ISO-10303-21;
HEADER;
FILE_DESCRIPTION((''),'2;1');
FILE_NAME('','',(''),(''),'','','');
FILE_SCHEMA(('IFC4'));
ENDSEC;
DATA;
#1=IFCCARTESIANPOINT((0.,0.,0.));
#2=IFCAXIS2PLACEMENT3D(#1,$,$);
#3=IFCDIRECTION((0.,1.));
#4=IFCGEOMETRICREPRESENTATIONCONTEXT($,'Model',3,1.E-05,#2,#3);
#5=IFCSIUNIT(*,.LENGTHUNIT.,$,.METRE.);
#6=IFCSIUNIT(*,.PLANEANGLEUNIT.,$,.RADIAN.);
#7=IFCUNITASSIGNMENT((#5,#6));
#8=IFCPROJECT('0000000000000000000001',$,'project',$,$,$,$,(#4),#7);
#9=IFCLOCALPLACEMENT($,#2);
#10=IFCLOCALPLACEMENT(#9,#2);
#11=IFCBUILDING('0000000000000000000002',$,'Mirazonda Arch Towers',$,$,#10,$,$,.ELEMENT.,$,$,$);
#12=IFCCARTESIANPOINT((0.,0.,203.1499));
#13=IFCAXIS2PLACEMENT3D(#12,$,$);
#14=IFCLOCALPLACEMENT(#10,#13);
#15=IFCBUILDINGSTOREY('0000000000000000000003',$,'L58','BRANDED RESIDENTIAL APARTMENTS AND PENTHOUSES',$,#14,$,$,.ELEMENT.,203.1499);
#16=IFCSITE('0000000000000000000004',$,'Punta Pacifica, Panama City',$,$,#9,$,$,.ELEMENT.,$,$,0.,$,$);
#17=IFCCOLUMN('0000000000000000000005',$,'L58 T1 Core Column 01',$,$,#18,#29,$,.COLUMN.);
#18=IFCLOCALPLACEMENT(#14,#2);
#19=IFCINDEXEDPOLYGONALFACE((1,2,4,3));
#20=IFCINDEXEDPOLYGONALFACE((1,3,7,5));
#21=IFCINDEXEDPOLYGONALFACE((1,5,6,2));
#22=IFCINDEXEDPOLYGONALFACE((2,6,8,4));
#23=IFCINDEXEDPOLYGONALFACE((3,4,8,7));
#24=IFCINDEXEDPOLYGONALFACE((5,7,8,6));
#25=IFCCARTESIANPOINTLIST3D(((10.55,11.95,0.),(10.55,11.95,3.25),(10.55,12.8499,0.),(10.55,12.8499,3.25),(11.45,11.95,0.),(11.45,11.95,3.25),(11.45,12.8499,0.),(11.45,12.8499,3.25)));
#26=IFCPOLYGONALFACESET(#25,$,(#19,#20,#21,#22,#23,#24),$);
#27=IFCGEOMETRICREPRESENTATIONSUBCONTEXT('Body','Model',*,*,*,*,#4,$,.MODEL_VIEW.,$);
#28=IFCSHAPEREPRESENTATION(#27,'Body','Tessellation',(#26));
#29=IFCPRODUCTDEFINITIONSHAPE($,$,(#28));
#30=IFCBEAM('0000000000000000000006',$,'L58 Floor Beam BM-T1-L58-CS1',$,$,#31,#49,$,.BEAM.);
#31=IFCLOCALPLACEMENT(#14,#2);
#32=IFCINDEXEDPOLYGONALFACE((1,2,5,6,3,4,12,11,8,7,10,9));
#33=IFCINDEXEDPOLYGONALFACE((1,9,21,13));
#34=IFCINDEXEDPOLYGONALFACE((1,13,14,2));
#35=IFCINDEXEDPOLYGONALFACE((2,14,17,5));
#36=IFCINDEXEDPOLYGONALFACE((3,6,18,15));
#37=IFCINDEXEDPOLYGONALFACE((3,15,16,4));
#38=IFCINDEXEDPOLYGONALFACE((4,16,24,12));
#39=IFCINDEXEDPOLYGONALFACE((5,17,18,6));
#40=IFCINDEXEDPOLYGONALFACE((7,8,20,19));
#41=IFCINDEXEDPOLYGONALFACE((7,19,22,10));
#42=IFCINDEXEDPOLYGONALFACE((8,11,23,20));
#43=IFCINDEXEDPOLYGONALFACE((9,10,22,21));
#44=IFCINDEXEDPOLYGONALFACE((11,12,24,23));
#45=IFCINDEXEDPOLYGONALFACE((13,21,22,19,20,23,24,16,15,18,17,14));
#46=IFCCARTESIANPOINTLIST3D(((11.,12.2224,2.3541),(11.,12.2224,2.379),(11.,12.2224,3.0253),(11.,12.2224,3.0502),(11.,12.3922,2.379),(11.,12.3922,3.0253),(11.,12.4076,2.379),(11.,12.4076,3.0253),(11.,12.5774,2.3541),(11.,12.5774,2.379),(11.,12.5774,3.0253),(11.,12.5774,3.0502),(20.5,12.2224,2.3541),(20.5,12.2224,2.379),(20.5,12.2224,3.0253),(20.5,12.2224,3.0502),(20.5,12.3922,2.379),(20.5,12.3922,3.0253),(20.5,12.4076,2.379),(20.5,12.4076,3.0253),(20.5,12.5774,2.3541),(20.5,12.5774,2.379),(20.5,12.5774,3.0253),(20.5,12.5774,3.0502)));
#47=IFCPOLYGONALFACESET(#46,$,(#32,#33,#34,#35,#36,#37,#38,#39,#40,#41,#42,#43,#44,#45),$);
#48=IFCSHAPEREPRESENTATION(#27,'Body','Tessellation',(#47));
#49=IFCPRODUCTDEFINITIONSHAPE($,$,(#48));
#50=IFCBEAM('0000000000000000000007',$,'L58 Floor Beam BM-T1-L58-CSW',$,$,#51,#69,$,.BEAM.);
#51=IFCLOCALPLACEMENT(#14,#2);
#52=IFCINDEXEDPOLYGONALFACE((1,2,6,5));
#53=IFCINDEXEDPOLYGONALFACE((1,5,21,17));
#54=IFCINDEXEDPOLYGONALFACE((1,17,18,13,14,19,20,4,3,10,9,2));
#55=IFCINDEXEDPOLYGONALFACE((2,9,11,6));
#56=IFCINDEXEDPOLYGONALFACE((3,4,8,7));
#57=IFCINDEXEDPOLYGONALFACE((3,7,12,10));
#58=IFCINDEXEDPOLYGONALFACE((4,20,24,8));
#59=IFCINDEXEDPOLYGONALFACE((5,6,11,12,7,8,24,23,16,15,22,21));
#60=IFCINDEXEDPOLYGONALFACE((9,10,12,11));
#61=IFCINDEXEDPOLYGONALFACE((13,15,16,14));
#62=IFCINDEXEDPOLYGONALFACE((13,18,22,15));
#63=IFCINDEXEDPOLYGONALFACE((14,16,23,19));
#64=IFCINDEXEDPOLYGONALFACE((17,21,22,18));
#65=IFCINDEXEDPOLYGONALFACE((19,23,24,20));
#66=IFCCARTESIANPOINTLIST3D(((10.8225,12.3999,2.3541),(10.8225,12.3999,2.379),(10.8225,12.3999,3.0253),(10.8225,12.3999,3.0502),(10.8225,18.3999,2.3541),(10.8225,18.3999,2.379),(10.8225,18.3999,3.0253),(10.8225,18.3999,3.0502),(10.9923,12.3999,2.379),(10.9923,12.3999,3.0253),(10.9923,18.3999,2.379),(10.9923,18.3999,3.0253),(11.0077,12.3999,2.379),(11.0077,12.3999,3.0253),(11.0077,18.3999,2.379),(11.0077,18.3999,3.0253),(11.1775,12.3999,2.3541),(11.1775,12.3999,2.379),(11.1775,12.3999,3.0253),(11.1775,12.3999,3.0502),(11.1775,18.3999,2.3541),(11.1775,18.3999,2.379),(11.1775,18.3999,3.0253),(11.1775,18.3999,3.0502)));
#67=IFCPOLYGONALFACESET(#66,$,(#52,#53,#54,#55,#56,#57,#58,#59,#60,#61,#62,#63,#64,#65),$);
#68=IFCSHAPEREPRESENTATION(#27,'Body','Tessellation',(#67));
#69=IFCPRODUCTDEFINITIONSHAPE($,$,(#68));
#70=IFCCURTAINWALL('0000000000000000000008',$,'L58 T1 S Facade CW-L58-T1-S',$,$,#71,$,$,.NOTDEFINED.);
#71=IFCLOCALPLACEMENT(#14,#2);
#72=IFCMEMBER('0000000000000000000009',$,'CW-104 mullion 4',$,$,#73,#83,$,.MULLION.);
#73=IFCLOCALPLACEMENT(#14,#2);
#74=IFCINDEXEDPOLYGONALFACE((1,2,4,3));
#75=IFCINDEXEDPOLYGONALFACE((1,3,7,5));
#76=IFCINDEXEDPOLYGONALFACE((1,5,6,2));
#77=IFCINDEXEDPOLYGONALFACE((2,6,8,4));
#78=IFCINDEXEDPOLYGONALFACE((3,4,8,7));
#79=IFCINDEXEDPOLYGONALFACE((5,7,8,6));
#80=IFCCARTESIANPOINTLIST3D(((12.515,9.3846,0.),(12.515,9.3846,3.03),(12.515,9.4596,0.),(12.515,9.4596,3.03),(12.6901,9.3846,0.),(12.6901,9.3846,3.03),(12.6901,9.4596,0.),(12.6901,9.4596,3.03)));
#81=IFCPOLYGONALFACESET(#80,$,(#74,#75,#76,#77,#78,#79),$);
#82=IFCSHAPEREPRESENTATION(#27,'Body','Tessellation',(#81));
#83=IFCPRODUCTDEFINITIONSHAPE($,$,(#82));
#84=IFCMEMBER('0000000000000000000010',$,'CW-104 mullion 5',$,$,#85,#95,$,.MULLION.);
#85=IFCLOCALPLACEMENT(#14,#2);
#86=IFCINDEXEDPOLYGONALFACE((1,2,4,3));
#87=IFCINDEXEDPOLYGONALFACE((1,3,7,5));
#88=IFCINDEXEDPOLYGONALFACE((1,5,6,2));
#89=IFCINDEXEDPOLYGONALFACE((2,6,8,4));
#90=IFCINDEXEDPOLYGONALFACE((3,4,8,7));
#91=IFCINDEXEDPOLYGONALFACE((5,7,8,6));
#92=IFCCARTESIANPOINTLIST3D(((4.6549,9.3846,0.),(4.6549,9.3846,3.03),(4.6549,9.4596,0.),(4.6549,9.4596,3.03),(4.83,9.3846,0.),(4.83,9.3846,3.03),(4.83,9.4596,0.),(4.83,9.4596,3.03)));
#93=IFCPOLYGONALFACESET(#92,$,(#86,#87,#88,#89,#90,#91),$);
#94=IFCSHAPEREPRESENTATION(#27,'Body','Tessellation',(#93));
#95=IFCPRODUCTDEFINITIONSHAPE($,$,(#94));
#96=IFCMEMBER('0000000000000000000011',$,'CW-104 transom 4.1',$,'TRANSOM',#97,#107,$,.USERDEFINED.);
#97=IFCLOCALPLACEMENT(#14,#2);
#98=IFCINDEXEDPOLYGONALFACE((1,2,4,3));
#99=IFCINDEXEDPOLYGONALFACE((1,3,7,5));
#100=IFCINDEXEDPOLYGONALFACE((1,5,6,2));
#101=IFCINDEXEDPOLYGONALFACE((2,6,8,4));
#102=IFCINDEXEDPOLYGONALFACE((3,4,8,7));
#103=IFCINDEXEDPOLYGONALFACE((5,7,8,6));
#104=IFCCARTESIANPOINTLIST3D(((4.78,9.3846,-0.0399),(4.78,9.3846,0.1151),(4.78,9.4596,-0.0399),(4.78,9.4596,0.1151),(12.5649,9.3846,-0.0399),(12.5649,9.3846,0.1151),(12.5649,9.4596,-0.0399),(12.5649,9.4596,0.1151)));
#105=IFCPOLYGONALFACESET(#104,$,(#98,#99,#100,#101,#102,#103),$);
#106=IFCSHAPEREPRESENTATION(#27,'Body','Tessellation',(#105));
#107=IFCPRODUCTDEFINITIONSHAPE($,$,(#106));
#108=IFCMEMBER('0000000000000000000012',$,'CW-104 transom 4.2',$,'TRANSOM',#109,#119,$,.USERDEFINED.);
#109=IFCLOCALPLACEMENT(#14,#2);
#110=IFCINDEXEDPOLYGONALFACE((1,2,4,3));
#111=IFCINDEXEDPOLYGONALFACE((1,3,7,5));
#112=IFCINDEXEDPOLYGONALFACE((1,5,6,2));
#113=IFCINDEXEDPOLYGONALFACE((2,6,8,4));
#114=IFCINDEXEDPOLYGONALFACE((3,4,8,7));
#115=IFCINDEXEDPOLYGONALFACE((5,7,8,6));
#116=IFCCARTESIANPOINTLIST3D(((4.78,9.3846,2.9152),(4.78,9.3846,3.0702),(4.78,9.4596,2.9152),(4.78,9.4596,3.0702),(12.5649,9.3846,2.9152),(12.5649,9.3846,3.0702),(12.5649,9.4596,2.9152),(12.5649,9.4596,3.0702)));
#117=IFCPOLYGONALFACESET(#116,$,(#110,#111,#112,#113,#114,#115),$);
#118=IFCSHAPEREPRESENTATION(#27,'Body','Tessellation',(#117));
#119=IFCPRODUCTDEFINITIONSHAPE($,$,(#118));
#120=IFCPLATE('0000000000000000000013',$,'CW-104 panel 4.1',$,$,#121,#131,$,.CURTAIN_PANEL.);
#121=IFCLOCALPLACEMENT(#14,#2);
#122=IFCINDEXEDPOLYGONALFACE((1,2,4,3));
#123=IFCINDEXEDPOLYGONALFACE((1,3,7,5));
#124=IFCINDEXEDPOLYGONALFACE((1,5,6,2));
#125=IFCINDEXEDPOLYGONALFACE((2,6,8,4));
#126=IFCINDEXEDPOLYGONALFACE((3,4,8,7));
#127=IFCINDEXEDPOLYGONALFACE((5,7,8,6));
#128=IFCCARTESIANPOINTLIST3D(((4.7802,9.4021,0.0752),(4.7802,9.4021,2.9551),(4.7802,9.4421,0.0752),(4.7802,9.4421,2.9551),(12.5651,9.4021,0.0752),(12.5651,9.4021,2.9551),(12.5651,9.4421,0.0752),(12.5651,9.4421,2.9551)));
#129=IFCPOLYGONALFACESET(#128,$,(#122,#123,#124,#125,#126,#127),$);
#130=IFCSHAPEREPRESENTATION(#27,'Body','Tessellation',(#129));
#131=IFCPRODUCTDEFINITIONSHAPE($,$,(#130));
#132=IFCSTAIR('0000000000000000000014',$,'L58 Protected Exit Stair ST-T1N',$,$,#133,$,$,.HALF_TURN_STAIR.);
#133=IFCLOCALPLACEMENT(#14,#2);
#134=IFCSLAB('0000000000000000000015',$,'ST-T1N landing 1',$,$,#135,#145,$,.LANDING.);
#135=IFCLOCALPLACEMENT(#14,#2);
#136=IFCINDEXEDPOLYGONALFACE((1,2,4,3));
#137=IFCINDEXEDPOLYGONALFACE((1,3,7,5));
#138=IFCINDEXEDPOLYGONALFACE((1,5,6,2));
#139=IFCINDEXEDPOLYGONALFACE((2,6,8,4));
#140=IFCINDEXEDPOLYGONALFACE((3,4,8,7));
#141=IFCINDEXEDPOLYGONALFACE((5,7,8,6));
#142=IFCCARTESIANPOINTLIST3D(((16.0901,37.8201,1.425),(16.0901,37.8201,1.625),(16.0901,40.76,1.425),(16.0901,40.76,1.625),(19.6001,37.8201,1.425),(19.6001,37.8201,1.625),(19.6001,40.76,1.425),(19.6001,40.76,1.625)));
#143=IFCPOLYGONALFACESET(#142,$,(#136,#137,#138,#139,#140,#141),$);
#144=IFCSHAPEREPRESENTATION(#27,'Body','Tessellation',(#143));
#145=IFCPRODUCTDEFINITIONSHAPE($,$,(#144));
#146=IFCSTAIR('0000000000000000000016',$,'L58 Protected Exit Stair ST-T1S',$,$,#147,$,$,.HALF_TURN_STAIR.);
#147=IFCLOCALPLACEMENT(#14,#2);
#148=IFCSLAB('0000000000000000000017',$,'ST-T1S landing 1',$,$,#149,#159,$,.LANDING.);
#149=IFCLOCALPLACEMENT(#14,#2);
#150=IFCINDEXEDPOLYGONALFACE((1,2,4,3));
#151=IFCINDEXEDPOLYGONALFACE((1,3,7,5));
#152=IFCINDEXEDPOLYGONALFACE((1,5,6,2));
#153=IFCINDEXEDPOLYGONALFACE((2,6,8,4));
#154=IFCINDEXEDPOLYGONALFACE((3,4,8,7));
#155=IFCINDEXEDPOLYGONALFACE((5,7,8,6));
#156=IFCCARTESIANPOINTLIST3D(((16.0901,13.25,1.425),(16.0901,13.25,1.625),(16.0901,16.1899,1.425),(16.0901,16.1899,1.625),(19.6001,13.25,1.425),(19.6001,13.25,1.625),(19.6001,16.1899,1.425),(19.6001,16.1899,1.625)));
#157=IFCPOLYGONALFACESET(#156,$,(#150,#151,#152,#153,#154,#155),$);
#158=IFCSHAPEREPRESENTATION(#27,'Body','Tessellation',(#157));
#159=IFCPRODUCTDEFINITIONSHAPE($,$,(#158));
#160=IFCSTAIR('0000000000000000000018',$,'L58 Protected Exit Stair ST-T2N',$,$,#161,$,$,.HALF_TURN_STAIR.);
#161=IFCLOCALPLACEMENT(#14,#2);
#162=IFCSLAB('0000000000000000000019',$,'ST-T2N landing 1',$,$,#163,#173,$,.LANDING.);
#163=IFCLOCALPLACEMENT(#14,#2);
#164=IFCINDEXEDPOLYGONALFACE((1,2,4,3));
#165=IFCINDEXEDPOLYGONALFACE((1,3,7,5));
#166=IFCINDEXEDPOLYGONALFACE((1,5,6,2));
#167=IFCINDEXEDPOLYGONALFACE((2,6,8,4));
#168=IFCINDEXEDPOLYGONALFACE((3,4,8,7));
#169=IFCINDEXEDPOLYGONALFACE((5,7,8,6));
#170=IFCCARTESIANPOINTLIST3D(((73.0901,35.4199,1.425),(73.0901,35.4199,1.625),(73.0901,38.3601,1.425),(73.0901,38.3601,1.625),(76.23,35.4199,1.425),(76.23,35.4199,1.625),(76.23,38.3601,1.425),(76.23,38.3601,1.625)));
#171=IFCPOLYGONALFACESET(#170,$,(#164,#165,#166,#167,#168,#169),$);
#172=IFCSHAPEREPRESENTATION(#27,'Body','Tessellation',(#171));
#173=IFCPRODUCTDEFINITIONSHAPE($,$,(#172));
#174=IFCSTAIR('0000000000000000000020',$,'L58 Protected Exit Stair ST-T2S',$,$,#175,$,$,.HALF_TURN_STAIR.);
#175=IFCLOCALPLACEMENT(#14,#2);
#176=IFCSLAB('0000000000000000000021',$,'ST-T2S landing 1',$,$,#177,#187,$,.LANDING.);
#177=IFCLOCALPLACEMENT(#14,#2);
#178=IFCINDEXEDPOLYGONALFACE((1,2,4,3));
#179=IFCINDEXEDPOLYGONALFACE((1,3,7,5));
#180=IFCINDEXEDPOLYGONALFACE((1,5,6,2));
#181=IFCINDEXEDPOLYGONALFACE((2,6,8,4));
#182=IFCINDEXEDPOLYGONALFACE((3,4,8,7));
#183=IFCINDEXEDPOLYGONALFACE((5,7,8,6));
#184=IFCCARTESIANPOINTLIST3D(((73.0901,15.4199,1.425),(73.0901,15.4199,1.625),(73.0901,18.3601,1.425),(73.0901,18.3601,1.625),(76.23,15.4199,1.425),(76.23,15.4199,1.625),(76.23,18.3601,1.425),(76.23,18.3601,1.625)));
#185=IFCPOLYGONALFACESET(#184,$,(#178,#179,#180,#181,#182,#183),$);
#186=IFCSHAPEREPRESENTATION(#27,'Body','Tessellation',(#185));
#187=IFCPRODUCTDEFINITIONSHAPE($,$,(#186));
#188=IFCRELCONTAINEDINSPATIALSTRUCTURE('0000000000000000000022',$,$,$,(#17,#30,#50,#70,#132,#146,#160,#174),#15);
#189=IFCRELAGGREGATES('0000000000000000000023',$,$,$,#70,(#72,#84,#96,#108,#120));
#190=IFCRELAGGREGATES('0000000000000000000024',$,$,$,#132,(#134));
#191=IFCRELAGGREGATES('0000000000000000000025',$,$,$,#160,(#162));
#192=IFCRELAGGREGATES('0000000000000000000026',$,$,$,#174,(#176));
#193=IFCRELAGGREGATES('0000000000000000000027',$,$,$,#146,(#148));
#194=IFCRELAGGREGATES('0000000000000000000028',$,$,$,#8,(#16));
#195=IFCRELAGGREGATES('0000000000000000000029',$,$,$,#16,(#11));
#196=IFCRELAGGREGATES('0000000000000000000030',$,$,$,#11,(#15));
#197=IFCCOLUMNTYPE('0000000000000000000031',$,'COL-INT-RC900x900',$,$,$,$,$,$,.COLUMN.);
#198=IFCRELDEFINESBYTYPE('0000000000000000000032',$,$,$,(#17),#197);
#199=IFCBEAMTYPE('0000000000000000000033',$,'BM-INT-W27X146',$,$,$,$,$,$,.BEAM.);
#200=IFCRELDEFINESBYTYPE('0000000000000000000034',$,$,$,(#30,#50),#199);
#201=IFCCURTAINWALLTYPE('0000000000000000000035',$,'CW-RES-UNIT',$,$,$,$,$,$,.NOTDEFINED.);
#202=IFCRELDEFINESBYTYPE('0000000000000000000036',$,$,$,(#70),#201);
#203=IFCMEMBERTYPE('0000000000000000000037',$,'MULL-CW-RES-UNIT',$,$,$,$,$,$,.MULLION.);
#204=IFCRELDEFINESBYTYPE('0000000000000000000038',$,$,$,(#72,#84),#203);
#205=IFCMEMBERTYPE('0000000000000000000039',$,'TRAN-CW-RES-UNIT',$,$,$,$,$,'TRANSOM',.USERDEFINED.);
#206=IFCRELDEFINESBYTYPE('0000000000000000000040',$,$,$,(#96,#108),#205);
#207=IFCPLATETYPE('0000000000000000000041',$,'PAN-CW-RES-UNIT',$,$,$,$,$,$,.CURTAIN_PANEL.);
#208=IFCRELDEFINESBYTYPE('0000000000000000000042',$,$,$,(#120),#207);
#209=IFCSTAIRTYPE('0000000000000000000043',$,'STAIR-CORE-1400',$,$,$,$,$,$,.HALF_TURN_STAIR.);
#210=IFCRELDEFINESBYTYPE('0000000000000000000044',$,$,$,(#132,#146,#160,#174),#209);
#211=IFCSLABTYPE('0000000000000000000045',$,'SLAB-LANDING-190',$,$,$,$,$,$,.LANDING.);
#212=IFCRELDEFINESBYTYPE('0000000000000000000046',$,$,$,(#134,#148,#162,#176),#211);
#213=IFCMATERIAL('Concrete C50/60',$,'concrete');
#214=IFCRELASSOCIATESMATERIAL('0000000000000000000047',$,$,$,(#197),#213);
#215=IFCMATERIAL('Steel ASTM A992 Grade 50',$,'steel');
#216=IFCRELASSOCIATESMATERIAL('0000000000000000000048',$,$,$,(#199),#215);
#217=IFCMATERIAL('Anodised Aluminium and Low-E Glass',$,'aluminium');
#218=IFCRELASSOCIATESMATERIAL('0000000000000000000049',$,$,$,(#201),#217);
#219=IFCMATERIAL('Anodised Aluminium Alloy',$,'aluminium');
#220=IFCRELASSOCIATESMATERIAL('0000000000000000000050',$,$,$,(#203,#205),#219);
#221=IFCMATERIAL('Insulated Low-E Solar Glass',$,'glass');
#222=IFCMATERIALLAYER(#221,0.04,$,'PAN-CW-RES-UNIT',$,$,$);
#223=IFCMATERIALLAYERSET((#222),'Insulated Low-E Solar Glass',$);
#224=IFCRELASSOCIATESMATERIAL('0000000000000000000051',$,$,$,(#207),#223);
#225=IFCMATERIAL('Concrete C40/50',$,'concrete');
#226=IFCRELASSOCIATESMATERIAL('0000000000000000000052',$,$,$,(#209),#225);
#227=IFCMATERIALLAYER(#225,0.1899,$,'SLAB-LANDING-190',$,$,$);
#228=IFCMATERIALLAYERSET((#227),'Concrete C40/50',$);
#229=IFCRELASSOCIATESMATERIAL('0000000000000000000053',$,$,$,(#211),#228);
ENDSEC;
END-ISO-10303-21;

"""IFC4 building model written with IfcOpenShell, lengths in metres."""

from ifc_helpers import new_model, si_unit, direction, frame, origin, origin_2d, place, context, subcontext, project, spatial, polyline, rectangle, i_section, outline, extrude, material, layer, layer_set, material_profile, profile_set, type_object, element, aggregate, save


model = new_model("IFC4")

# Units and contexts
model_context = context("Model", 3, precision=1e-05, world=origin(), true_north=direction((0.0, 1.0)))
body_context = subcontext(model_context, "Body", "Model", "MODEL_VIEW")
ifc_project = project(units=[si_unit("LENGTHUNIT", "METRE"), si_unit("PLANEANGLEUNIT", "RADIAN")], contexts=[model_context])

# Site, building, storey
site_placement = place(None, origin())
site = spatial("IfcSite", under=ifc_project, at=site_placement, Name="Punta Pacifica, Panama City", CompositionType="ELEMENT", RefElevation=0.0)
building_placement = place(site_placement, origin())
building = spatial("IfcBuilding", under=site, at=building_placement, Name="Mirazonda Arch Towers", CompositionType="ELEMENT")
storey_placement = place(building_placement, frame((0.0, 0.0, 203.1499)))
storey = spatial("IfcBuildingStorey", under=building, at=storey_placement, Name="L58", Description="BRANDED RESIDENTIAL APARTMENTS AND PENTHOUSES", CompositionType="ELEMENT", Elevation=203.1499)

# Column
ifc_material_1 = material(Name="Concrete C50/60", Category="concrete")
ifc_material_profile_1 = material_profile(ifc_material_1, rectangle(XDim=0.8999, YDim=0.8999, at=origin_2d()), Name="RC900x900")
ifc_profile_set_1 = profile_set([ifc_material_profile_1], Name="Concrete C50/60")
column_type = type_object("IfcColumnType", Name="COL-INT-RC900x900", PredefinedType="COLUMN", material=ifc_profile_set_1)
column_placement = place(storey_placement, frame((11.0, 12.3999, 0.0), z_axis=(0.0, 0.0, 1.0), x_axis=(1.0, 0.0, 0.0)))
element("IfcColumn", 1, at=column_placement, inside=storey, type_object=column_type, Name="L58 T1 Core Column 01", PredefinedType="COLUMN", context=body_context, shape_type="SweptSolid", body=[
    extrude(rectangle(XDim=0.8999, YDim=0.8999, at=origin_2d()), origin(), (0.0, 0.0, 1.0), 3.25),
])

# Beams
ifc_material_2 = material(Name="Steel ASTM A992 Grade 50", Category="steel")
ifc_material_profile_2 = material_profile(ifc_material_2, i_section(OverallWidth=0.355, OverallDepth=0.696, WebThickness=0.0154, FlangeThickness=0.0249, at=origin_2d()), Name="W27X146")
ifc_profile_set_2 = profile_set([ifc_material_profile_2], Name="Steel ASTM A992 Grade 50")
beam_type = type_object("IfcBeamType", Name="BM-INT-W27X146", PredefinedType="BEAM", material=ifc_profile_set_2)
beam_1_placement = place(storey_placement, frame((11.0, 12.3999, 2.7021), z_axis=(1.0, 0.0, 0.0), x_axis=(0.0, 1.0, 0.0)))
element("IfcBeam", 2, at=beam_1_placement, inside=storey, type_object=beam_type, Name="L58 Floor Beam BM-T1-L58-CS1", PredefinedType="BEAM", context=body_context, shape_type="SweptSolid", body=[
    extrude(i_section(OverallWidth=0.355, OverallDepth=0.696, WebThickness=0.0154, FlangeThickness=0.0249, at=origin_2d()), origin(), (0.0, 0.0, 1.0), 9.5),
])
beam_2_placement = place(storey_placement, frame((11.0, 12.3999, 2.7021), z_axis=(0.0, 1.0, 0.0), x_axis=(-1.0, 0.0, 0.0)))
element("IfcBeam", 3, at=beam_2_placement, inside=storey, type_object=beam_type, Name="L58 Floor Beam BM-T1-L58-CSW", PredefinedType="BEAM", context=body_context, shape_type="SweptSolid", body=[
    extrude(i_section(OverallWidth=0.355, OverallDepth=0.696, WebThickness=0.0154, FlangeThickness=0.0249, at=origin_2d()), origin(), (0.0, 0.0, 1.0), 6.0),
])

# Curtain wall, members, plate
ifc_material_3 = material(Name="Anodised Aluminium and Low-E Glass", Category="aluminium")
curtain_wall_type = type_object("IfcCurtainWallType", Name="CW-RES-UNIT", PredefinedType="NOTDEFINED", material=ifc_material_3)
curtain_wall_placement = place(storey_placement, origin())
curtain_wall = element("IfcCurtainWall", 4, at=curtain_wall_placement, inside=storey, type_object=curtain_wall_type, Name="L58 T1 S Facade CW-L58-T1-S", PredefinedType="NOTDEFINED")
ifc_material_4 = material(Name="Anodised Aluminium Alloy", Category="aluminium")
ifc_material_profile_3 = material_profile(ifc_material_4, rectangle(XDim=0.075, YDim=0.175, at=origin_2d()), Name="ALU-MULL-75x175")
ifc_profile_set_3 = profile_set([ifc_material_profile_3], Name="Anodised Aluminium Alloy")
member_type_1 = type_object("IfcMemberType", Name="MULL-CW-RES-UNIT", PredefinedType="MULLION", material=ifc_profile_set_3)
member_1_placement = place(storey_placement, frame((12.6025, 9.4221, 0.0), z_axis=(0.0, 0.0, 1.0), x_axis=(0.0, -1.0, 0.0)))
member_1 = element("IfcMember", 5, at=member_1_placement, type_object=member_type_1, Name="CW-104 mullion 4", PredefinedType="MULLION", context=body_context, shape_type="SweptSolid", body=[
    extrude(rectangle(XDim=0.075, YDim=0.175, at=origin_2d()), origin(), (0.0, 0.0, 1.0), 3.03),
])
member_2_placement = place(storey_placement, frame((4.7424, 9.4221, 0.0), z_axis=(0.0, 0.0, 1.0), x_axis=(0.0, -1.0, 0.0)))
member_2 = element("IfcMember", 6, at=member_2_placement, type_object=member_type_1, Name="CW-104 mullion 5", PredefinedType="MULLION", context=body_context, shape_type="SweptSolid", body=[
    extrude(rectangle(XDim=0.075, YDim=0.175, at=origin_2d()), origin(), (0.0, 0.0, 1.0), 3.03),
])
ifc_material_profile_4 = material_profile(ifc_material_4, rectangle(XDim=0.075, YDim=0.155, at=origin_2d()), Name="ALU-TRAN-75x155")
ifc_profile_set_4 = profile_set([ifc_material_profile_4], Name="Anodised Aluminium Alloy")
member_type_2 = type_object("IfcMemberType", Name="TRAN-CW-RES-UNIT", ElementType="TRANSOM", PredefinedType="USERDEFINED", material=ifc_profile_set_4)
member_3_placement = place(storey_placement, frame((12.5649, 9.4221, 0.0376), z_axis=(-1.0, 0.0, 0.0), x_axis=(0.0, -1.0, 0.0)))
member_3 = element("IfcMember", 7, at=member_3_placement, type_object=member_type_2, Name="CW-104 transom 4.1", ObjectType="TRANSOM", PredefinedType="USERDEFINED", context=body_context, shape_type="SweptSolid", body=[
    extrude(rectangle(XDim=0.075, YDim=0.155, at=origin_2d()), origin(), (0.0, 0.0, 1.0), 7.7849),
])
member_4_placement = place(storey_placement, frame((12.5649, 9.4221, 2.9927), z_axis=(-1.0, 0.0, 0.0), x_axis=(0.0, -1.0, 0.0)))
member_4 = element("IfcMember", 8, at=member_4_placement, type_object=member_type_2, Name="CW-104 transom 4.2", ObjectType="TRANSOM", PredefinedType="USERDEFINED", context=body_context, shape_type="SweptSolid", body=[
    extrude(rectangle(XDim=0.075, YDim=0.155, at=origin_2d()), origin(), (0.0, 0.0, 1.0), 7.7849),
])
ifc_material_5 = material(Name="Insulated Low-E Solar Glass", Category="glass")
ifc_layer_1 = layer(ifc_material_5, 0.04, Name="PAN-CW-RES-UNIT")
ifc_layer_set_1 = layer_set([ifc_layer_1], Name="Insulated Low-E Solar Glass")
plate_type = type_object("IfcPlateType", Name="PAN-CW-RES-UNIT", PredefinedType="CURTAIN_PANEL", material=ifc_layer_set_1)
plate_placement = place(storey_placement, frame((8.6726, 9.4221, 0.0752), z_axis=(0.0, 0.0, 1.0), x_axis=(-1.0, 0.0, 0.0)))
plate = element("IfcPlate", 9, at=plate_placement, type_object=plate_type, Name="CW-104 panel 4.1", PredefinedType="CURTAIN_PANEL", context=body_context, shape_type="SweptSolid", body=[
    extrude(rectangle(XDim=7.7849, YDim=0.04, at=origin_2d()), origin(), (0.0, 0.0, 1.0), 2.8799),
])
aggregate(curtain_wall, [member_1, member_2, member_3, member_4, plate])

# Stairs, slabs
ifc_material_6 = material(Name="Concrete C40/50", Category="concrete")
stair_type = type_object("IfcStairType", Name="STAIR-CORE-1400", PredefinedType="HALF_TURN_STAIR", material=ifc_material_6)
stair_1_placement = place(storey_placement, origin())
stair_1 = element("IfcStair", 10, at=stair_1_placement, inside=storey, type_object=stair_type, Name="L58 Protected Exit Stair ST-T1N", PredefinedType="HALF_TURN_STAIR")
ifc_layer_2 = layer(ifc_material_6, 0.1899, Name="SLAB-LANDING-190")
ifc_layer_set_2 = layer_set([ifc_layer_2], Name="Concrete C40/50")
slab_type_1 = type_object("IfcSlabType", Name="SLAB-LANDING-190", PredefinedType="LANDING", material=ifc_layer_set_2)
slab_1_placement = place(storey_placement, frame((0.0, 0.0, 1.425)))
slab_1 = element("IfcSlab", 11, at=slab_1_placement, type_object=slab_type_1, Name="ST-T1N landing 1", PredefinedType="LANDING", context=body_context, shape_type="SweptSolid", body=[
    extrude(outline(polyline([(16.0901, 37.8201), (19.6001, 37.8201), (19.6001, 40.76), (16.0901, 40.76), (16.0901, 37.8201)])), origin(), (0.0, 0.0, 1.0), 0.2),
])
aggregate(stair_1, [slab_1])
stair_2_placement = place(storey_placement, origin())
stair_2 = element("IfcStair", 12, at=stair_2_placement, inside=storey, type_object=stair_type, Name="L58 Protected Exit Stair ST-T1S", PredefinedType="HALF_TURN_STAIR")
slab_2_placement = place(storey_placement, frame((0.0, 0.0, 1.425)))
slab_2 = element("IfcSlab", 13, at=slab_2_placement, type_object=slab_type_1, Name="ST-T1S landing 1", PredefinedType="LANDING", context=body_context, shape_type="SweptSolid", body=[
    extrude(outline(polyline([(16.0901, 13.25), (19.6001, 13.25), (19.6001, 16.1899), (16.0901, 16.1899), (16.0901, 13.25)])), origin(), (0.0, 0.0, 1.0), 0.2),
])
stair_3_placement = place(storey_placement, origin())
stair_3 = element("IfcStair", 14, at=stair_3_placement, inside=storey, type_object=stair_type, Name="L58 Protected Exit Stair ST-T2N", PredefinedType="HALF_TURN_STAIR")
slab_3_placement = place(storey_placement, frame((0.0, 0.0, 1.425)))
slab_3 = element("IfcSlab", 15, at=slab_3_placement, type_object=slab_type_1, Name="ST-T2N landing 1", PredefinedType="LANDING", context=body_context, shape_type="SweptSolid", body=[
    extrude(outline(polyline([(73.0901, 35.4199), (76.23, 35.4199), (76.23, 38.3601), (73.0901, 38.3601), (73.0901, 35.4199)])), origin(), (0.0, 0.0, 1.0), 0.2),
])
aggregate(stair_3, [slab_3])
stair_4_placement = place(storey_placement, origin())
stair_4 = element("IfcStair", 16, at=stair_4_placement, inside=storey, type_object=stair_type, Name="L58 Protected Exit Stair ST-T2S", PredefinedType="HALF_TURN_STAIR")
slab_4_placement = place(storey_placement, frame((0.0, 0.0, 1.425)))
slab_4 = element("IfcSlab", 17, at=slab_4_placement, type_object=slab_type_1, Name="ST-T2S landing 1", PredefinedType="LANDING", context=body_context, shape_type="SweptSolid", body=[
    extrude(outline(polyline([(73.0901, 15.4199), (76.23, 15.4199), (76.23, 18.3601), (73.0901, 18.3601), (73.0901, 15.4199)])), origin(), (0.0, 0.0, 1.0), 0.2),
])
aggregate(stair_4, [slab_4])

aggregate(stair_2, [slab_2])

save(model, "model.ifc")
